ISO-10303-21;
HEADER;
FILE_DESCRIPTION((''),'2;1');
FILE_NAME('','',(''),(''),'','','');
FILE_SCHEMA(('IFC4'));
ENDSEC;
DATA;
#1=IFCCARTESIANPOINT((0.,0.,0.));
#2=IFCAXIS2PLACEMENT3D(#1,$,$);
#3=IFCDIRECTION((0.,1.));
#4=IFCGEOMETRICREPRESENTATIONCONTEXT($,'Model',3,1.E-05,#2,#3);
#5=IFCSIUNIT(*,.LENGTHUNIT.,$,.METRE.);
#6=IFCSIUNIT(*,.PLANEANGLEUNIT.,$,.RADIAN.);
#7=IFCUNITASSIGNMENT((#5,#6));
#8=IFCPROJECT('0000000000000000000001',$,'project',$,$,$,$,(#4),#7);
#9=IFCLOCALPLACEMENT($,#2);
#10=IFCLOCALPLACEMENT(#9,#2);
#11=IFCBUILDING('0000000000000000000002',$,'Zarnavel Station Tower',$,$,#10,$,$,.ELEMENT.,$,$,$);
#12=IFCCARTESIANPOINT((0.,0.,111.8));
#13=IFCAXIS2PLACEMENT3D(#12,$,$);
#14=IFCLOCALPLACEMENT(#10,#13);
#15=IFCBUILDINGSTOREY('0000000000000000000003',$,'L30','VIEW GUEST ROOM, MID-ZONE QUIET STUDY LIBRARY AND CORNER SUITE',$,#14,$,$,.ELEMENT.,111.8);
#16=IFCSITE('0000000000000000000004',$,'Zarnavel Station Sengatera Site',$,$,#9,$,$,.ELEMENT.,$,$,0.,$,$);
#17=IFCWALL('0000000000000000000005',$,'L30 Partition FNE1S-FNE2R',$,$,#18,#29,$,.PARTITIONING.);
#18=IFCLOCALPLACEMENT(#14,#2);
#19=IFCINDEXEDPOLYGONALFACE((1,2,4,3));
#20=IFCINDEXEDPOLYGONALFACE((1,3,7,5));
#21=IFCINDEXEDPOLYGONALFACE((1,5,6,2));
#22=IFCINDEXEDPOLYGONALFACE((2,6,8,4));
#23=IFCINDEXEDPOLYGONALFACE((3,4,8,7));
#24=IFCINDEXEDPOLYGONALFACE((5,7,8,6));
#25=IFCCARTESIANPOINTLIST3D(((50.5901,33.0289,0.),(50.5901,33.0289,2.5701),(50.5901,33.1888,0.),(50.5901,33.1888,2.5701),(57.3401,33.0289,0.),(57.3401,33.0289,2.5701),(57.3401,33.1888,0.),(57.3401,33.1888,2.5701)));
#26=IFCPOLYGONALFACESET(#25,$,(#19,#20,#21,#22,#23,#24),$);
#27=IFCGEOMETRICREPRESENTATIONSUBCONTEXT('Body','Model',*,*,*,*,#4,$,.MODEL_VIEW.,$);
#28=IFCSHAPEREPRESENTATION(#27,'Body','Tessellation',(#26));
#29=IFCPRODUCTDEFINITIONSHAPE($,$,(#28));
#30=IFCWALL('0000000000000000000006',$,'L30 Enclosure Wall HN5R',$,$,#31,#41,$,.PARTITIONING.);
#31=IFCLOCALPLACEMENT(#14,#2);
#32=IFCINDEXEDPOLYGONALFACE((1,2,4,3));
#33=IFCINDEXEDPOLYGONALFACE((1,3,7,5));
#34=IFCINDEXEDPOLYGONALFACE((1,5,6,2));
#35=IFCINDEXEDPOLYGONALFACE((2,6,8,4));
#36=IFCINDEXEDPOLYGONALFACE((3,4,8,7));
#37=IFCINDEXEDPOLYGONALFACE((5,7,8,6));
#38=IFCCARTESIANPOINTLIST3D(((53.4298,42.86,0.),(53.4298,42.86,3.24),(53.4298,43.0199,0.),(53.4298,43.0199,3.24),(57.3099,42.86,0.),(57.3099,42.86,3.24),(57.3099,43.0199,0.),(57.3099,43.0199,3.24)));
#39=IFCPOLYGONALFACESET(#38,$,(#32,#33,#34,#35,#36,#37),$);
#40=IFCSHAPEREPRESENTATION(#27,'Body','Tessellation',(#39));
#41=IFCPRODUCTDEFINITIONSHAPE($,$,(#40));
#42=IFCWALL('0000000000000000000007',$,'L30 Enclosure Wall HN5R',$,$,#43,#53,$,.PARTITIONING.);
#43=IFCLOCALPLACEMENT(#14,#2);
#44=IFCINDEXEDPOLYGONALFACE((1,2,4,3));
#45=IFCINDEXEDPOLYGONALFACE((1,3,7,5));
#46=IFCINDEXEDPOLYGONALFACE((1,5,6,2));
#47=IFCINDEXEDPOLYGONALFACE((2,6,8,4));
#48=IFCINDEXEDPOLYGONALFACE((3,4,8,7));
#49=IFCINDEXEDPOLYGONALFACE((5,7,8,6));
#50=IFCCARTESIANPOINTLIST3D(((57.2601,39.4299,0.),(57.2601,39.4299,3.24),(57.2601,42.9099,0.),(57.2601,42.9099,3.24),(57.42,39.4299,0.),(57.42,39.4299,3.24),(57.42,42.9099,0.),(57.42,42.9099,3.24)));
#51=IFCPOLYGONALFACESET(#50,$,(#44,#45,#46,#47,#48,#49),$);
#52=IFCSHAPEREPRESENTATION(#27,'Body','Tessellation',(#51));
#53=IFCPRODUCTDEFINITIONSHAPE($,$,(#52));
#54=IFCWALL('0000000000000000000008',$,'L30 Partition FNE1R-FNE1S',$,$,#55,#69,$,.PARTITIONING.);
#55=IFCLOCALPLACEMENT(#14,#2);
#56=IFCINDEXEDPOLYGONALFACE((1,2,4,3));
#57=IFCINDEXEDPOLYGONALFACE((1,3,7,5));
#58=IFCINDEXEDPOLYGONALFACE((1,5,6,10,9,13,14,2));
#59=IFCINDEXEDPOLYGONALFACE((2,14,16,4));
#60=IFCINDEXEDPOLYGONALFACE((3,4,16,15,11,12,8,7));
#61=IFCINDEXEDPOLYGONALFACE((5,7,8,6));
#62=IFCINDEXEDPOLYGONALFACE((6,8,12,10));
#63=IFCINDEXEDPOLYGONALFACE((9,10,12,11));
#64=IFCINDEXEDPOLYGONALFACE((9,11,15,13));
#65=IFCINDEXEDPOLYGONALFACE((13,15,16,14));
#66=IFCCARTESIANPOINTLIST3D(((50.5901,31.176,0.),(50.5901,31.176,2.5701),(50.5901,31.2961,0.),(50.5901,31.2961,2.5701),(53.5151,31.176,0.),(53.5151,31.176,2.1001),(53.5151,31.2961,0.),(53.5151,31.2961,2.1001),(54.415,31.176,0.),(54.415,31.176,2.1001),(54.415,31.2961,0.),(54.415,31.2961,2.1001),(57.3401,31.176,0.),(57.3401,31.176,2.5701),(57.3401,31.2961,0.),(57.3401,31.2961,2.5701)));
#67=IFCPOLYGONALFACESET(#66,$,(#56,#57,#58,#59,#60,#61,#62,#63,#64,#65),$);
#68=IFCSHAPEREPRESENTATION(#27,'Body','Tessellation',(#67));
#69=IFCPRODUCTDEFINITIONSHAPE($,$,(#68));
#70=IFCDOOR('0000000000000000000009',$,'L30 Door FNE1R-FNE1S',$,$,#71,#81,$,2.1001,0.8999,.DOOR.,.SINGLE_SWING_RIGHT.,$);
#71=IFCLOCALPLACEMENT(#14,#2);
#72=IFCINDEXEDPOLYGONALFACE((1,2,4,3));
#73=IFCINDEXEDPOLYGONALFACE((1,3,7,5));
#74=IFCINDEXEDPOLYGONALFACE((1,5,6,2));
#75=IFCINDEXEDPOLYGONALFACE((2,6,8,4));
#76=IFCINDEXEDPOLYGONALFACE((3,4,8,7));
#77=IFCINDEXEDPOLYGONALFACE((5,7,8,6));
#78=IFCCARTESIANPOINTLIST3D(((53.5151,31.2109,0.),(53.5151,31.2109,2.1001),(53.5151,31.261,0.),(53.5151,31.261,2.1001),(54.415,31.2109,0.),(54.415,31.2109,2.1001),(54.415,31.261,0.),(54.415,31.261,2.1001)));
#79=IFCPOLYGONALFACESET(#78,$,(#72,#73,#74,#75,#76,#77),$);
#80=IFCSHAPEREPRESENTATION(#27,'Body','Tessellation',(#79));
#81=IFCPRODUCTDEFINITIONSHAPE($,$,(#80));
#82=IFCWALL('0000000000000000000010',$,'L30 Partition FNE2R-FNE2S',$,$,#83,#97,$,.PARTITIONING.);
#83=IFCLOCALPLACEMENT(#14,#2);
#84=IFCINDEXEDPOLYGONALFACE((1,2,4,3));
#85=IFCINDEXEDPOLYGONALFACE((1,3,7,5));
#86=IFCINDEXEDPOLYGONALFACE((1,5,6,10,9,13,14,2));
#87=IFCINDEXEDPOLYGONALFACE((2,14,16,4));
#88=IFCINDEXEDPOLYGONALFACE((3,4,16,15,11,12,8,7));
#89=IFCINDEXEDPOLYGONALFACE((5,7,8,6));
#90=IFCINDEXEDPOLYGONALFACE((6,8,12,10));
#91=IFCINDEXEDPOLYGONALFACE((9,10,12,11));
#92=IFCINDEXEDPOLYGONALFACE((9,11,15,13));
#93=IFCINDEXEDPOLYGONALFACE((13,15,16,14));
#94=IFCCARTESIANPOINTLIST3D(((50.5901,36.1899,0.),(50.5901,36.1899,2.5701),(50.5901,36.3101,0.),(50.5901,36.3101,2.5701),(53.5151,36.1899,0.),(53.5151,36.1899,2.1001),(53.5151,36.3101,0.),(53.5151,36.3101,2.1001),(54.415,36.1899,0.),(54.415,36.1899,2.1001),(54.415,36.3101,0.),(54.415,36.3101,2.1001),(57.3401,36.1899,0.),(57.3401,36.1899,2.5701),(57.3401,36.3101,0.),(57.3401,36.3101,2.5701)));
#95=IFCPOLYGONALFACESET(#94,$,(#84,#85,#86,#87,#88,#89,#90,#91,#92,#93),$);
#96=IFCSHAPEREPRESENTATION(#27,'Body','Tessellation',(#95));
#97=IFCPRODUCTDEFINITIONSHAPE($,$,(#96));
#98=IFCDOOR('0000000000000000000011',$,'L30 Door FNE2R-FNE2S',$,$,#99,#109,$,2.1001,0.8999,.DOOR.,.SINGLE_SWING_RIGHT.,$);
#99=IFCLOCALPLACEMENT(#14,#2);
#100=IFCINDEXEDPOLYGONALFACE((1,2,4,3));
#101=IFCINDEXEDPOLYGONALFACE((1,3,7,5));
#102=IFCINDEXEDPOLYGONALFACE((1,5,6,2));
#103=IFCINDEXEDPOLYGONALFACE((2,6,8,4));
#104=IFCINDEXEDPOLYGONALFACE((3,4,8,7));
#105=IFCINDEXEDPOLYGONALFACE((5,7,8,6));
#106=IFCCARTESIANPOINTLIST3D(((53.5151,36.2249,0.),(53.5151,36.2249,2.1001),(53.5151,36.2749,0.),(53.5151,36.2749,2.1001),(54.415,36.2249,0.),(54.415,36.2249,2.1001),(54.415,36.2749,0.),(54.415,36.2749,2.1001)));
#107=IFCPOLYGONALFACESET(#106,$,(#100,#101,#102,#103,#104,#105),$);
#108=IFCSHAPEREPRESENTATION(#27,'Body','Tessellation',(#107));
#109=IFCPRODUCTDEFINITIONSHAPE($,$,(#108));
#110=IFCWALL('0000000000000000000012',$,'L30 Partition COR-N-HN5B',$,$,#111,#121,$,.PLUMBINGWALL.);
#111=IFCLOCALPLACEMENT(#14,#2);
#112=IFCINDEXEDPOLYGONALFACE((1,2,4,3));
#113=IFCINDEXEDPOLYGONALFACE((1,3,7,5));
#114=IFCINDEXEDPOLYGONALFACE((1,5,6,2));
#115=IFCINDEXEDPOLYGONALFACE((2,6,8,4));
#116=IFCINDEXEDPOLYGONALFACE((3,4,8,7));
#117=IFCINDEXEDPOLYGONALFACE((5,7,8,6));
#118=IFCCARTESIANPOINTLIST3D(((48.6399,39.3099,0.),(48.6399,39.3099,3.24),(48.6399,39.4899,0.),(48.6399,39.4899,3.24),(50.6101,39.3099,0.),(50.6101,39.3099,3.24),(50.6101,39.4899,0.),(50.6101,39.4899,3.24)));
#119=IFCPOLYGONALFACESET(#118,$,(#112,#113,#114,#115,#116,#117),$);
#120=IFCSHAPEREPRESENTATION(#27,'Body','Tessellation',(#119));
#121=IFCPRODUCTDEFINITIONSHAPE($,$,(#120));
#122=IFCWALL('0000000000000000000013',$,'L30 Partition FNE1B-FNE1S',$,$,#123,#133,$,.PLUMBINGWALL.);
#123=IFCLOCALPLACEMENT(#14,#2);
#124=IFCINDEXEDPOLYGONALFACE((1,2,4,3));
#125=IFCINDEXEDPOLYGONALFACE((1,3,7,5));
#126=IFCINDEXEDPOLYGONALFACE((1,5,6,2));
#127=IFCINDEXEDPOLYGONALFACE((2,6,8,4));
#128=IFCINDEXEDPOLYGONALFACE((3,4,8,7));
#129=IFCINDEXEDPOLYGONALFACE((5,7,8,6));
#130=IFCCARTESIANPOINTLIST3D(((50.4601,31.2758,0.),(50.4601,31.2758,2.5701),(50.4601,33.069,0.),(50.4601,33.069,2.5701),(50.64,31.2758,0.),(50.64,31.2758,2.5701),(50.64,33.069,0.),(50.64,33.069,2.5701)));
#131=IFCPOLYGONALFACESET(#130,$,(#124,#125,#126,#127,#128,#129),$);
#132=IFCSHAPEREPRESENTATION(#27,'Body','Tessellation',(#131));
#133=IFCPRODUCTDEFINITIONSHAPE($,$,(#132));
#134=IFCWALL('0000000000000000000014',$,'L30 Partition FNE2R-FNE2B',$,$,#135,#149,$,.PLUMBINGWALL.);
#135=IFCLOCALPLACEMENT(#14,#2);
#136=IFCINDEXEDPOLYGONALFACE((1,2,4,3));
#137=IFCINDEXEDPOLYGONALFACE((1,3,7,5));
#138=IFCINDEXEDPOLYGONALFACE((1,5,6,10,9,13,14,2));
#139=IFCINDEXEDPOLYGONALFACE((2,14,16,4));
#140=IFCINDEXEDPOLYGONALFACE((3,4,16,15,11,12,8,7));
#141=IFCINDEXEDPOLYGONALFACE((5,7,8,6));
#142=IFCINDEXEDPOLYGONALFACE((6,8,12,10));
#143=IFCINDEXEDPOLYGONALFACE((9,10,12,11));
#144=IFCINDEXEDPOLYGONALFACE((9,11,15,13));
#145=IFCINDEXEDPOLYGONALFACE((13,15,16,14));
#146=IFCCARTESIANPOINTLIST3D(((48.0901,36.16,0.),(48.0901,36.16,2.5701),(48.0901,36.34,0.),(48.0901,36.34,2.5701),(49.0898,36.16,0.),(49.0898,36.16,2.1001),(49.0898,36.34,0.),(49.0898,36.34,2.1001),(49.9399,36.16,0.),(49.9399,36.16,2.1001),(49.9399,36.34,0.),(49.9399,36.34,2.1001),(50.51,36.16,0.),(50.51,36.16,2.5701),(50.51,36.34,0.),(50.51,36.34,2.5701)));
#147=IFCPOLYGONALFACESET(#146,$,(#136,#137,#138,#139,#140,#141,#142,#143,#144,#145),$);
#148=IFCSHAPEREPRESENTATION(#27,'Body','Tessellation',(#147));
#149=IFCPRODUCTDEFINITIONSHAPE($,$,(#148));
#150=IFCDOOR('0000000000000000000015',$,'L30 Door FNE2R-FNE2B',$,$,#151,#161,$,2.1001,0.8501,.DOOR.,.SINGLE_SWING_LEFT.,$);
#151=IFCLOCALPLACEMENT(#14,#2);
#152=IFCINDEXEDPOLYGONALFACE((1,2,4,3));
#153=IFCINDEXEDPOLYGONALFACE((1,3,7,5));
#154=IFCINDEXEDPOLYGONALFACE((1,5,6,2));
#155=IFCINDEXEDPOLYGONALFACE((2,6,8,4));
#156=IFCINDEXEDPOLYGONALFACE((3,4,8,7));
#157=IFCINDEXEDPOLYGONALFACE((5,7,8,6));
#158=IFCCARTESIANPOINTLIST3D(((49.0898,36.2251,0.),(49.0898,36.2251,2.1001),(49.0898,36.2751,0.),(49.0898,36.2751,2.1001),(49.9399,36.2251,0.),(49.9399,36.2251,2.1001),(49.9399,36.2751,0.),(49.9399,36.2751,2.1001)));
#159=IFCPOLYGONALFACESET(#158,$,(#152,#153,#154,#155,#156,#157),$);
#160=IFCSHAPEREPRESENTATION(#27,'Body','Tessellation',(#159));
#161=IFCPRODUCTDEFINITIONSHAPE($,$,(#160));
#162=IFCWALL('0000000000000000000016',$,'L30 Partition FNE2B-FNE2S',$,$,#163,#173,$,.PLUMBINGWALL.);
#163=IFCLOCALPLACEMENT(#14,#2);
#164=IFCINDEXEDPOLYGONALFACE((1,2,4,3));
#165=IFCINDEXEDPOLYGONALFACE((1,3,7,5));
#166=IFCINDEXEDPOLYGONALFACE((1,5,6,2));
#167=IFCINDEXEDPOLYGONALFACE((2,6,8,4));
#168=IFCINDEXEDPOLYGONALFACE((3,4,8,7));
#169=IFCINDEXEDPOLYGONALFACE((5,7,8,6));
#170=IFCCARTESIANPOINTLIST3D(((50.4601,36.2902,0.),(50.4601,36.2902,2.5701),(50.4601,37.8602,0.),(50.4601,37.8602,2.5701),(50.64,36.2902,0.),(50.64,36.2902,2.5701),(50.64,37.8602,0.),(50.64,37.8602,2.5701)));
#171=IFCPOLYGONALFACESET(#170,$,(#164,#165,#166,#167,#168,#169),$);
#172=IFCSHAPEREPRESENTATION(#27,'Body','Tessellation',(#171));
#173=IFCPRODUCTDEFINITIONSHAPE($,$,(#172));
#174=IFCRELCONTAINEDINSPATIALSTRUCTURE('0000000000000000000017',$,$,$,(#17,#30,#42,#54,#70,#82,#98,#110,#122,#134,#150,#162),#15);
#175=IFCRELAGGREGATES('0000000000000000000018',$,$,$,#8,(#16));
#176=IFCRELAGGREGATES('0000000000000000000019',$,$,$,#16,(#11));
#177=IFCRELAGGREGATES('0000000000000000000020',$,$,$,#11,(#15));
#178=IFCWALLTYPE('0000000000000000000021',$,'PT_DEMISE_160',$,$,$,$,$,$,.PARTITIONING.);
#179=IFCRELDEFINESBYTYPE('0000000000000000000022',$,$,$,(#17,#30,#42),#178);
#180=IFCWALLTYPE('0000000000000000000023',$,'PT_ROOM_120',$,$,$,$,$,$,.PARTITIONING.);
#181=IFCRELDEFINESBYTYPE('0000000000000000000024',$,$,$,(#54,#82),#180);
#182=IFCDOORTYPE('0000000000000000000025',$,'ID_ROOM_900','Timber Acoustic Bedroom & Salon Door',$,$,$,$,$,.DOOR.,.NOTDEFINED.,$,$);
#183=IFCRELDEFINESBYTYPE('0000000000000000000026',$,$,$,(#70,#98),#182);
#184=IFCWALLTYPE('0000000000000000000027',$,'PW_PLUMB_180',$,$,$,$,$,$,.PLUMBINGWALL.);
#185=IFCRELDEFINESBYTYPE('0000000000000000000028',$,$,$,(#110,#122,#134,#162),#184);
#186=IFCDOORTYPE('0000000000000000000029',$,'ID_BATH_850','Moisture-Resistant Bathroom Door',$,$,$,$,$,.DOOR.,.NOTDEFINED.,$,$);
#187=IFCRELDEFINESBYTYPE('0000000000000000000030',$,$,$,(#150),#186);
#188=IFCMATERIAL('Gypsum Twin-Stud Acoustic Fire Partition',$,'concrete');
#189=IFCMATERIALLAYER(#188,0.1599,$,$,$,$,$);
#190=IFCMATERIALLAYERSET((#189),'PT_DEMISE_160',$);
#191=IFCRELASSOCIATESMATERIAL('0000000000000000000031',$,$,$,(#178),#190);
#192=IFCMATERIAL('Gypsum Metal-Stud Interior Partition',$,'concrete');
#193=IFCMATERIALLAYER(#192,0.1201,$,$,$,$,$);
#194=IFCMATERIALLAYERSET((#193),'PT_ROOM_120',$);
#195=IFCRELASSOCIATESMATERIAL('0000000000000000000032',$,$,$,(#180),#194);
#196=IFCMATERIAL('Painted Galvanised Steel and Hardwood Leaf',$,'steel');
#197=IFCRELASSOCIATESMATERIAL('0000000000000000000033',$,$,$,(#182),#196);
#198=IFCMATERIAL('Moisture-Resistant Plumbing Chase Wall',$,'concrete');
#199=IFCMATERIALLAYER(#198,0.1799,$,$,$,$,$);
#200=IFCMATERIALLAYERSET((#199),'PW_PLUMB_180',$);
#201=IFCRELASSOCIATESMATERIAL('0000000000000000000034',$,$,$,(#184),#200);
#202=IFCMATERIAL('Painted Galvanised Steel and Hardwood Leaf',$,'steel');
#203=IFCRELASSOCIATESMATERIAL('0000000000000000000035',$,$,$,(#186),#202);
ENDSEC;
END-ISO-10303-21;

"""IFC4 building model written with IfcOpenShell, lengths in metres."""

from ifc_helpers import new_model, si_unit, direction, frame, frame_2d, origin, place, context, subcontext, project, spatial, rectangle, extrude, material, layer, layer_set, type_object, element, fill, save


model = new_model("IFC4")

# Units and contexts
model_context = context("Model", 3, precision=1e-05, world=origin(), true_north=direction((0.0, 1.0)))
body_context = subcontext(model_context, "Body", "Model", "MODEL_VIEW")
ifc_project = project(units=[si_unit("LENGTHUNIT", "METRE"), si_unit("PLANEANGLEUNIT", "RADIAN")], contexts=[model_context])

# Site, building, storey
site_placement = place(None, origin())
site = spatial("IfcSite", under=ifc_project, at=site_placement, Name="Zarnavel Station Sengatera Site", CompositionType="ELEMENT", RefElevation=0.0)
building_placement = place(site_placement, origin())
building = spatial("IfcBuilding", under=site, at=building_placement, Name="Zarnavel Station Tower", CompositionType="ELEMENT")
storey_placement = place(building_placement, frame((0.0, 0.0, 111.8)))
storey = spatial("IfcBuildingStorey", under=building, at=storey_placement, Name="L30", Description="VIEW GUEST ROOM, MID-ZONE QUIET STUDY LIBRARY AND CORNER SUITE", CompositionType="ELEMENT", Elevation=111.8)

# Shared definitions
ifc_material_1 = material(Name="Gypsum Twin-Stud Acoustic Fire Partition", Category="concrete")
ifc_layer_1 = layer(ifc_material_1, 0.1599)
ifc_layer_set_1 = layer_set([ifc_layer_1], Name="PT_DEMISE_160")
wall_type_1 = type_object("IfcWallType", Name="PT_DEMISE_160", PredefinedType="PARTITIONING", material=ifc_layer_set_1)

# Walls
wall_1_placement = place(storey_placement, frame((50.5901, 33.1089, 0.0), z_axis=(0.0, 0.0, 1.0), x_axis=(1.0, 0.0, 0.0)))
element("IfcWall", 1, at=wall_1_placement, inside=storey, type_object=wall_type_1, Name="L30 Partition FNE1S-FNE2R", PredefinedType="PARTITIONING", context=body_context, shape_type="SweptSolid", body=[
    extrude(rectangle(XDim=6.75, YDim=0.1599, at=frame_2d((3.375, 0.0))), origin(), (0.0, 0.0, 1.0), 2.5701),
])
wall_2_placement = place(storey_placement, frame((53.4299, 42.9399, 0.0), z_axis=(0.0, 0.0, 1.0), x_axis=(1.0, 0.0, 0.0)))
element("IfcWall", 2, at=wall_2_placement, inside=storey, type_object=wall_type_1, Name="L30 Enclosure Wall HN5R", PredefinedType="PARTITIONING", context=body_context, shape_type="SweptSolid", body=[
    extrude(rectangle(XDim=3.8801, YDim=0.1599, at=frame_2d((1.9399, 0.0))), origin(), (0.0, 0.0, 1.0), 3.24),
])
wall_3_placement = place(storey_placement, frame((57.3401, 39.4299, 0.0), z_axis=(0.0, 0.0, 1.0), x_axis=(0.0, 1.0, 0.0)))
element("IfcWall", 3, at=wall_3_placement, inside=storey, type_object=wall_type_1, Name="L30 Enclosure Wall HN5R", PredefinedType="PARTITIONING", context=body_context, shape_type="SweptSolid", body=[
    extrude(rectangle(XDim=3.48, YDim=0.1599, at=frame_2d((1.74, 0.0))), origin(), (0.0, 0.0, 1.0), 3.24),
])

# Walls, openings, doors
ifc_material_2 = material(Name="Gypsum Metal-Stud Interior Partition", Category="concrete")
ifc_layer_2 = layer(ifc_material_2, 0.1201)
ifc_layer_set_2 = layer_set([ifc_layer_2], Name="PT_ROOM_120")
wall_type_2 = type_object("IfcWallType", Name="PT_ROOM_120", PredefinedType="PARTITIONING", material=ifc_layer_set_2)
wall_4_placement = place(storey_placement, frame((50.5901, 31.2361, 0.0), z_axis=(0.0, 0.0, 1.0), x_axis=(1.0, 0.0, 0.0)))
wall_4 = element("IfcWall", 4, at=wall_4_placement, inside=storey, type_object=wall_type_2, Name="L30 Partition FNE1R-FNE1S", PredefinedType="PARTITIONING", context=body_context, shape_type="SweptSolid", body=[
    extrude(rectangle(XDim=6.75, YDim=0.1201, at=frame_2d((3.375, 0.0))), origin(), (0.0, 0.0, 1.0), 2.5701),
])
opening_1_placement = place(wall_4_placement, frame((2.925, 0.0, 0.0)))
opening_1 = element("IfcOpeningElement", 5, at=opening_1_placement, cuts=wall_4, PredefinedType="OPENING", context=body_context, shape_type="SweptSolid", body=[
    extrude(rectangle(XDim=0.8999, YDim=2.1001, at=frame_2d((0.45, 1.05))), frame((0.0, 0.0701, 0.0), z_axis=(0.0, -1.0, 0.0), x_axis=(1.0, 0.0, 0.0)), (0.0, 0.0, 1.0), 0.1401),
])
ifc_material_3 = material(Name="Painted Galvanised Steel and Hardwood Leaf", Category="steel")
door_type_1 = type_object("IfcDoorType", Name="ID_ROOM_900", Description="Timber Acoustic Bedroom & Salon Door", OperationType="NOTDEFINED", PredefinedType="DOOR", material=ifc_material_3)
door_1_placement = place(opening_1_placement, origin())
door_1 = element("IfcDoor", 6, at=door_1_placement, inside=storey, type_object=door_type_1, Name="L30 Door FNE1R-FNE1S", OperationType="SINGLE_SWING_RIGHT", OverallHeight=2.1001, OverallWidth=0.8999, PredefinedType="DOOR", context=body_context, shape_type="SweptSolid", body=[
    extrude(rectangle(XDim=0.8999, YDim=2.1001, at=frame_2d((0.45, 1.05))), frame((0.0, 0.0249, 0.0), z_axis=(0.0, -1.0, 0.0), x_axis=(1.0, 0.0, 0.0)), (0.0, 0.0, 1.0), 0.05),
])
fill(opening_1, door_1)
wall_5_placement = place(storey_placement, frame((50.5901, 36.25, 0.0), z_axis=(0.0, 0.0, 1.0), x_axis=(1.0, 0.0, 0.0)))
wall_5 = element("IfcWall", 7, at=wall_5_placement, inside=storey, type_object=wall_type_2, Name="L30 Partition FNE2R-FNE2S", PredefinedType="PARTITIONING", context=body_context, shape_type="SweptSolid", body=[
    extrude(rectangle(XDim=6.75, YDim=0.1201, at=frame_2d((3.375, 0.0))), origin(), (0.0, 0.0, 1.0), 2.5701),
])
opening_2_placement = place(wall_5_placement, frame((2.925, 0.0, 0.0)))
opening_2 = element("IfcOpeningElement", 8, at=opening_2_placement, cuts=wall_5, PredefinedType="OPENING", context=body_context, shape_type="SweptSolid", body=[
    extrude(rectangle(XDim=0.8999, YDim=2.1001, at=frame_2d((0.45, 1.05))), frame((0.0, 0.0701, 0.0), z_axis=(0.0, -1.0, 0.0), x_axis=(1.0, 0.0, 0.0)), (0.0, 0.0, 1.0), 0.1401),
])
door_2_placement = place(opening_2_placement, origin())
door_2 = element("IfcDoor", 9, at=door_2_placement, inside=storey, type_object=door_type_1, Name="L30 Door FNE2R-FNE2S", OperationType="SINGLE_SWING_RIGHT", OverallHeight=2.1001, OverallWidth=0.8999, PredefinedType="DOOR", context=body_context, shape_type="SweptSolid", body=[
    extrude(rectangle(XDim=0.8999, YDim=2.1001, at=frame_2d((0.45, 1.05))), frame((0.0, 0.0249, 0.0), z_axis=(0.0, -1.0, 0.0), x_axis=(1.0, 0.0, 0.0)), (0.0, 0.0, 1.0), 0.05),
])
fill(opening_2, door_2)

# Walls
ifc_material_4 = material(Name="Moisture-Resistant Plumbing Chase Wall", Category="concrete")
ifc_layer_3 = layer(ifc_material_4, 0.1799)
ifc_layer_set_3 = layer_set([ifc_layer_3], Name="PW_PLUMB_180")
wall_type_3 = type_object("IfcWallType", Name="PW_PLUMB_180", PredefinedType="PLUMBINGWALL", material=ifc_layer_set_3)
wall_6_placement = place(storey_placement, frame((48.6399, 39.3999, 0.0), z_axis=(0.0, 0.0, 1.0), x_axis=(1.0, 0.0, 0.0)))
element("IfcWall", 10, at=wall_6_placement, inside=storey, type_object=wall_type_3, Name="L30 Partition COR-N-HN5B", PredefinedType="PLUMBINGWALL", context=body_context, shape_type="SweptSolid", body=[
    extrude(rectangle(XDim=1.9702, YDim=0.1799, at=frame_2d((0.9851, 0.0))), origin(), (0.0, 0.0, 1.0), 3.24),
])
wall_7_placement = place(storey_placement, frame((50.55, 31.2759, 0.0), z_axis=(0.0, 0.0, 1.0), x_axis=(0.0, 1.0, 0.0)))
element("IfcWall", 11, at=wall_7_placement, inside=storey, type_object=wall_type_3, Name="L30 Partition FNE1B-FNE1S", PredefinedType="PLUMBINGWALL", context=body_context, shape_type="SweptSolid", body=[
    extrude(rectangle(XDim=1.7932, YDim=0.1799, at=frame_2d((0.8965, 0.0))), origin(), (0.0, 0.0, 1.0), 2.5701),
])

# Wall, opening, door
wall_8_placement = place(storey_placement, frame((50.51, 36.25, 0.0), z_axis=(0.0, 0.0, 1.0), x_axis=(-1.0, 0.0, 0.0)))
wall_8 = element("IfcWall", 12, at=wall_8_placement, inside=storey, type_object=wall_type_3, Name="L30 Partition FNE2R-FNE2B", PredefinedType="PLUMBINGWALL", context=body_context, shape_type="SweptSolid", body=[
    extrude(rectangle(XDim=2.4199, YDim=0.1799, at=frame_2d((1.21, 0.0))), origin(), (0.0, 0.0, 1.0), 2.5701),
])
opening_3_placement = place(wall_8_placement, frame((0.5701, 0.0, 0.0)))
opening_3 = element("IfcOpeningElement", 13, at=opening_3_placement, cuts=wall_8, PredefinedType="OPENING", context=body_context, shape_type="SweptSolid", body=[
    extrude(rectangle(XDim=0.8501, YDim=2.1001, at=frame_2d((0.425, 1.05))), frame((0.0, 0.0999, 0.0), z_axis=(0.0, -1.0, 0.0), x_axis=(1.0, 0.0, 0.0)), (0.0, 0.0, 1.0), 0.2),
])
ifc_material_5 = material(Name="Painted Galvanised Steel and Hardwood Leaf", Category="steel")
door_type_2 = type_object("IfcDoorType", Name="ID_BATH_850", Description="Moisture-Resistant Bathroom Door", OperationType="NOTDEFINED", PredefinedType="DOOR", material=ifc_material_5)
door_3_placement = place(opening_3_placement, origin())
door_3 = element("IfcDoor", 14, at=door_3_placement, inside=storey, type_object=door_type_2, Name="L30 Door FNE2R-FNE2B", OperationType="SINGLE_SWING_LEFT", OverallHeight=2.1001, OverallWidth=0.8501, PredefinedType="DOOR", context=body_context, shape_type="SweptSolid", body=[
    extrude(rectangle(XDim=0.8501, YDim=2.1001, at=frame_2d((0.425, 1.05))), frame((0.0, 0.0249, 0.0), z_axis=(0.0, -1.0, 0.0), x_axis=(1.0, 0.0, 0.0)), (0.0, 0.0, 1.0), 0.05),
])
fill(opening_3, door_3)

# Wall
wall_9_placement = place(storey_placement, frame((50.55, 36.29, 0.0), z_axis=(0.0, 0.0, 1.0), x_axis=(0.0, 1.0, 0.0)))
element("IfcWall", 15, at=wall_9_placement, inside=storey, type_object=wall_type_3, Name="L30 Partition FNE2B-FNE2S", PredefinedType="PLUMBINGWALL", context=body_context, shape_type="SweptSolid", body=[
    extrude(rectangle(XDim=1.5701, YDim=0.1799, at=frame_2d((0.7852, 0.0))), origin(), (0.0, 0.0, 1.0), 2.5701),
])

save(model, "model.ifc")
